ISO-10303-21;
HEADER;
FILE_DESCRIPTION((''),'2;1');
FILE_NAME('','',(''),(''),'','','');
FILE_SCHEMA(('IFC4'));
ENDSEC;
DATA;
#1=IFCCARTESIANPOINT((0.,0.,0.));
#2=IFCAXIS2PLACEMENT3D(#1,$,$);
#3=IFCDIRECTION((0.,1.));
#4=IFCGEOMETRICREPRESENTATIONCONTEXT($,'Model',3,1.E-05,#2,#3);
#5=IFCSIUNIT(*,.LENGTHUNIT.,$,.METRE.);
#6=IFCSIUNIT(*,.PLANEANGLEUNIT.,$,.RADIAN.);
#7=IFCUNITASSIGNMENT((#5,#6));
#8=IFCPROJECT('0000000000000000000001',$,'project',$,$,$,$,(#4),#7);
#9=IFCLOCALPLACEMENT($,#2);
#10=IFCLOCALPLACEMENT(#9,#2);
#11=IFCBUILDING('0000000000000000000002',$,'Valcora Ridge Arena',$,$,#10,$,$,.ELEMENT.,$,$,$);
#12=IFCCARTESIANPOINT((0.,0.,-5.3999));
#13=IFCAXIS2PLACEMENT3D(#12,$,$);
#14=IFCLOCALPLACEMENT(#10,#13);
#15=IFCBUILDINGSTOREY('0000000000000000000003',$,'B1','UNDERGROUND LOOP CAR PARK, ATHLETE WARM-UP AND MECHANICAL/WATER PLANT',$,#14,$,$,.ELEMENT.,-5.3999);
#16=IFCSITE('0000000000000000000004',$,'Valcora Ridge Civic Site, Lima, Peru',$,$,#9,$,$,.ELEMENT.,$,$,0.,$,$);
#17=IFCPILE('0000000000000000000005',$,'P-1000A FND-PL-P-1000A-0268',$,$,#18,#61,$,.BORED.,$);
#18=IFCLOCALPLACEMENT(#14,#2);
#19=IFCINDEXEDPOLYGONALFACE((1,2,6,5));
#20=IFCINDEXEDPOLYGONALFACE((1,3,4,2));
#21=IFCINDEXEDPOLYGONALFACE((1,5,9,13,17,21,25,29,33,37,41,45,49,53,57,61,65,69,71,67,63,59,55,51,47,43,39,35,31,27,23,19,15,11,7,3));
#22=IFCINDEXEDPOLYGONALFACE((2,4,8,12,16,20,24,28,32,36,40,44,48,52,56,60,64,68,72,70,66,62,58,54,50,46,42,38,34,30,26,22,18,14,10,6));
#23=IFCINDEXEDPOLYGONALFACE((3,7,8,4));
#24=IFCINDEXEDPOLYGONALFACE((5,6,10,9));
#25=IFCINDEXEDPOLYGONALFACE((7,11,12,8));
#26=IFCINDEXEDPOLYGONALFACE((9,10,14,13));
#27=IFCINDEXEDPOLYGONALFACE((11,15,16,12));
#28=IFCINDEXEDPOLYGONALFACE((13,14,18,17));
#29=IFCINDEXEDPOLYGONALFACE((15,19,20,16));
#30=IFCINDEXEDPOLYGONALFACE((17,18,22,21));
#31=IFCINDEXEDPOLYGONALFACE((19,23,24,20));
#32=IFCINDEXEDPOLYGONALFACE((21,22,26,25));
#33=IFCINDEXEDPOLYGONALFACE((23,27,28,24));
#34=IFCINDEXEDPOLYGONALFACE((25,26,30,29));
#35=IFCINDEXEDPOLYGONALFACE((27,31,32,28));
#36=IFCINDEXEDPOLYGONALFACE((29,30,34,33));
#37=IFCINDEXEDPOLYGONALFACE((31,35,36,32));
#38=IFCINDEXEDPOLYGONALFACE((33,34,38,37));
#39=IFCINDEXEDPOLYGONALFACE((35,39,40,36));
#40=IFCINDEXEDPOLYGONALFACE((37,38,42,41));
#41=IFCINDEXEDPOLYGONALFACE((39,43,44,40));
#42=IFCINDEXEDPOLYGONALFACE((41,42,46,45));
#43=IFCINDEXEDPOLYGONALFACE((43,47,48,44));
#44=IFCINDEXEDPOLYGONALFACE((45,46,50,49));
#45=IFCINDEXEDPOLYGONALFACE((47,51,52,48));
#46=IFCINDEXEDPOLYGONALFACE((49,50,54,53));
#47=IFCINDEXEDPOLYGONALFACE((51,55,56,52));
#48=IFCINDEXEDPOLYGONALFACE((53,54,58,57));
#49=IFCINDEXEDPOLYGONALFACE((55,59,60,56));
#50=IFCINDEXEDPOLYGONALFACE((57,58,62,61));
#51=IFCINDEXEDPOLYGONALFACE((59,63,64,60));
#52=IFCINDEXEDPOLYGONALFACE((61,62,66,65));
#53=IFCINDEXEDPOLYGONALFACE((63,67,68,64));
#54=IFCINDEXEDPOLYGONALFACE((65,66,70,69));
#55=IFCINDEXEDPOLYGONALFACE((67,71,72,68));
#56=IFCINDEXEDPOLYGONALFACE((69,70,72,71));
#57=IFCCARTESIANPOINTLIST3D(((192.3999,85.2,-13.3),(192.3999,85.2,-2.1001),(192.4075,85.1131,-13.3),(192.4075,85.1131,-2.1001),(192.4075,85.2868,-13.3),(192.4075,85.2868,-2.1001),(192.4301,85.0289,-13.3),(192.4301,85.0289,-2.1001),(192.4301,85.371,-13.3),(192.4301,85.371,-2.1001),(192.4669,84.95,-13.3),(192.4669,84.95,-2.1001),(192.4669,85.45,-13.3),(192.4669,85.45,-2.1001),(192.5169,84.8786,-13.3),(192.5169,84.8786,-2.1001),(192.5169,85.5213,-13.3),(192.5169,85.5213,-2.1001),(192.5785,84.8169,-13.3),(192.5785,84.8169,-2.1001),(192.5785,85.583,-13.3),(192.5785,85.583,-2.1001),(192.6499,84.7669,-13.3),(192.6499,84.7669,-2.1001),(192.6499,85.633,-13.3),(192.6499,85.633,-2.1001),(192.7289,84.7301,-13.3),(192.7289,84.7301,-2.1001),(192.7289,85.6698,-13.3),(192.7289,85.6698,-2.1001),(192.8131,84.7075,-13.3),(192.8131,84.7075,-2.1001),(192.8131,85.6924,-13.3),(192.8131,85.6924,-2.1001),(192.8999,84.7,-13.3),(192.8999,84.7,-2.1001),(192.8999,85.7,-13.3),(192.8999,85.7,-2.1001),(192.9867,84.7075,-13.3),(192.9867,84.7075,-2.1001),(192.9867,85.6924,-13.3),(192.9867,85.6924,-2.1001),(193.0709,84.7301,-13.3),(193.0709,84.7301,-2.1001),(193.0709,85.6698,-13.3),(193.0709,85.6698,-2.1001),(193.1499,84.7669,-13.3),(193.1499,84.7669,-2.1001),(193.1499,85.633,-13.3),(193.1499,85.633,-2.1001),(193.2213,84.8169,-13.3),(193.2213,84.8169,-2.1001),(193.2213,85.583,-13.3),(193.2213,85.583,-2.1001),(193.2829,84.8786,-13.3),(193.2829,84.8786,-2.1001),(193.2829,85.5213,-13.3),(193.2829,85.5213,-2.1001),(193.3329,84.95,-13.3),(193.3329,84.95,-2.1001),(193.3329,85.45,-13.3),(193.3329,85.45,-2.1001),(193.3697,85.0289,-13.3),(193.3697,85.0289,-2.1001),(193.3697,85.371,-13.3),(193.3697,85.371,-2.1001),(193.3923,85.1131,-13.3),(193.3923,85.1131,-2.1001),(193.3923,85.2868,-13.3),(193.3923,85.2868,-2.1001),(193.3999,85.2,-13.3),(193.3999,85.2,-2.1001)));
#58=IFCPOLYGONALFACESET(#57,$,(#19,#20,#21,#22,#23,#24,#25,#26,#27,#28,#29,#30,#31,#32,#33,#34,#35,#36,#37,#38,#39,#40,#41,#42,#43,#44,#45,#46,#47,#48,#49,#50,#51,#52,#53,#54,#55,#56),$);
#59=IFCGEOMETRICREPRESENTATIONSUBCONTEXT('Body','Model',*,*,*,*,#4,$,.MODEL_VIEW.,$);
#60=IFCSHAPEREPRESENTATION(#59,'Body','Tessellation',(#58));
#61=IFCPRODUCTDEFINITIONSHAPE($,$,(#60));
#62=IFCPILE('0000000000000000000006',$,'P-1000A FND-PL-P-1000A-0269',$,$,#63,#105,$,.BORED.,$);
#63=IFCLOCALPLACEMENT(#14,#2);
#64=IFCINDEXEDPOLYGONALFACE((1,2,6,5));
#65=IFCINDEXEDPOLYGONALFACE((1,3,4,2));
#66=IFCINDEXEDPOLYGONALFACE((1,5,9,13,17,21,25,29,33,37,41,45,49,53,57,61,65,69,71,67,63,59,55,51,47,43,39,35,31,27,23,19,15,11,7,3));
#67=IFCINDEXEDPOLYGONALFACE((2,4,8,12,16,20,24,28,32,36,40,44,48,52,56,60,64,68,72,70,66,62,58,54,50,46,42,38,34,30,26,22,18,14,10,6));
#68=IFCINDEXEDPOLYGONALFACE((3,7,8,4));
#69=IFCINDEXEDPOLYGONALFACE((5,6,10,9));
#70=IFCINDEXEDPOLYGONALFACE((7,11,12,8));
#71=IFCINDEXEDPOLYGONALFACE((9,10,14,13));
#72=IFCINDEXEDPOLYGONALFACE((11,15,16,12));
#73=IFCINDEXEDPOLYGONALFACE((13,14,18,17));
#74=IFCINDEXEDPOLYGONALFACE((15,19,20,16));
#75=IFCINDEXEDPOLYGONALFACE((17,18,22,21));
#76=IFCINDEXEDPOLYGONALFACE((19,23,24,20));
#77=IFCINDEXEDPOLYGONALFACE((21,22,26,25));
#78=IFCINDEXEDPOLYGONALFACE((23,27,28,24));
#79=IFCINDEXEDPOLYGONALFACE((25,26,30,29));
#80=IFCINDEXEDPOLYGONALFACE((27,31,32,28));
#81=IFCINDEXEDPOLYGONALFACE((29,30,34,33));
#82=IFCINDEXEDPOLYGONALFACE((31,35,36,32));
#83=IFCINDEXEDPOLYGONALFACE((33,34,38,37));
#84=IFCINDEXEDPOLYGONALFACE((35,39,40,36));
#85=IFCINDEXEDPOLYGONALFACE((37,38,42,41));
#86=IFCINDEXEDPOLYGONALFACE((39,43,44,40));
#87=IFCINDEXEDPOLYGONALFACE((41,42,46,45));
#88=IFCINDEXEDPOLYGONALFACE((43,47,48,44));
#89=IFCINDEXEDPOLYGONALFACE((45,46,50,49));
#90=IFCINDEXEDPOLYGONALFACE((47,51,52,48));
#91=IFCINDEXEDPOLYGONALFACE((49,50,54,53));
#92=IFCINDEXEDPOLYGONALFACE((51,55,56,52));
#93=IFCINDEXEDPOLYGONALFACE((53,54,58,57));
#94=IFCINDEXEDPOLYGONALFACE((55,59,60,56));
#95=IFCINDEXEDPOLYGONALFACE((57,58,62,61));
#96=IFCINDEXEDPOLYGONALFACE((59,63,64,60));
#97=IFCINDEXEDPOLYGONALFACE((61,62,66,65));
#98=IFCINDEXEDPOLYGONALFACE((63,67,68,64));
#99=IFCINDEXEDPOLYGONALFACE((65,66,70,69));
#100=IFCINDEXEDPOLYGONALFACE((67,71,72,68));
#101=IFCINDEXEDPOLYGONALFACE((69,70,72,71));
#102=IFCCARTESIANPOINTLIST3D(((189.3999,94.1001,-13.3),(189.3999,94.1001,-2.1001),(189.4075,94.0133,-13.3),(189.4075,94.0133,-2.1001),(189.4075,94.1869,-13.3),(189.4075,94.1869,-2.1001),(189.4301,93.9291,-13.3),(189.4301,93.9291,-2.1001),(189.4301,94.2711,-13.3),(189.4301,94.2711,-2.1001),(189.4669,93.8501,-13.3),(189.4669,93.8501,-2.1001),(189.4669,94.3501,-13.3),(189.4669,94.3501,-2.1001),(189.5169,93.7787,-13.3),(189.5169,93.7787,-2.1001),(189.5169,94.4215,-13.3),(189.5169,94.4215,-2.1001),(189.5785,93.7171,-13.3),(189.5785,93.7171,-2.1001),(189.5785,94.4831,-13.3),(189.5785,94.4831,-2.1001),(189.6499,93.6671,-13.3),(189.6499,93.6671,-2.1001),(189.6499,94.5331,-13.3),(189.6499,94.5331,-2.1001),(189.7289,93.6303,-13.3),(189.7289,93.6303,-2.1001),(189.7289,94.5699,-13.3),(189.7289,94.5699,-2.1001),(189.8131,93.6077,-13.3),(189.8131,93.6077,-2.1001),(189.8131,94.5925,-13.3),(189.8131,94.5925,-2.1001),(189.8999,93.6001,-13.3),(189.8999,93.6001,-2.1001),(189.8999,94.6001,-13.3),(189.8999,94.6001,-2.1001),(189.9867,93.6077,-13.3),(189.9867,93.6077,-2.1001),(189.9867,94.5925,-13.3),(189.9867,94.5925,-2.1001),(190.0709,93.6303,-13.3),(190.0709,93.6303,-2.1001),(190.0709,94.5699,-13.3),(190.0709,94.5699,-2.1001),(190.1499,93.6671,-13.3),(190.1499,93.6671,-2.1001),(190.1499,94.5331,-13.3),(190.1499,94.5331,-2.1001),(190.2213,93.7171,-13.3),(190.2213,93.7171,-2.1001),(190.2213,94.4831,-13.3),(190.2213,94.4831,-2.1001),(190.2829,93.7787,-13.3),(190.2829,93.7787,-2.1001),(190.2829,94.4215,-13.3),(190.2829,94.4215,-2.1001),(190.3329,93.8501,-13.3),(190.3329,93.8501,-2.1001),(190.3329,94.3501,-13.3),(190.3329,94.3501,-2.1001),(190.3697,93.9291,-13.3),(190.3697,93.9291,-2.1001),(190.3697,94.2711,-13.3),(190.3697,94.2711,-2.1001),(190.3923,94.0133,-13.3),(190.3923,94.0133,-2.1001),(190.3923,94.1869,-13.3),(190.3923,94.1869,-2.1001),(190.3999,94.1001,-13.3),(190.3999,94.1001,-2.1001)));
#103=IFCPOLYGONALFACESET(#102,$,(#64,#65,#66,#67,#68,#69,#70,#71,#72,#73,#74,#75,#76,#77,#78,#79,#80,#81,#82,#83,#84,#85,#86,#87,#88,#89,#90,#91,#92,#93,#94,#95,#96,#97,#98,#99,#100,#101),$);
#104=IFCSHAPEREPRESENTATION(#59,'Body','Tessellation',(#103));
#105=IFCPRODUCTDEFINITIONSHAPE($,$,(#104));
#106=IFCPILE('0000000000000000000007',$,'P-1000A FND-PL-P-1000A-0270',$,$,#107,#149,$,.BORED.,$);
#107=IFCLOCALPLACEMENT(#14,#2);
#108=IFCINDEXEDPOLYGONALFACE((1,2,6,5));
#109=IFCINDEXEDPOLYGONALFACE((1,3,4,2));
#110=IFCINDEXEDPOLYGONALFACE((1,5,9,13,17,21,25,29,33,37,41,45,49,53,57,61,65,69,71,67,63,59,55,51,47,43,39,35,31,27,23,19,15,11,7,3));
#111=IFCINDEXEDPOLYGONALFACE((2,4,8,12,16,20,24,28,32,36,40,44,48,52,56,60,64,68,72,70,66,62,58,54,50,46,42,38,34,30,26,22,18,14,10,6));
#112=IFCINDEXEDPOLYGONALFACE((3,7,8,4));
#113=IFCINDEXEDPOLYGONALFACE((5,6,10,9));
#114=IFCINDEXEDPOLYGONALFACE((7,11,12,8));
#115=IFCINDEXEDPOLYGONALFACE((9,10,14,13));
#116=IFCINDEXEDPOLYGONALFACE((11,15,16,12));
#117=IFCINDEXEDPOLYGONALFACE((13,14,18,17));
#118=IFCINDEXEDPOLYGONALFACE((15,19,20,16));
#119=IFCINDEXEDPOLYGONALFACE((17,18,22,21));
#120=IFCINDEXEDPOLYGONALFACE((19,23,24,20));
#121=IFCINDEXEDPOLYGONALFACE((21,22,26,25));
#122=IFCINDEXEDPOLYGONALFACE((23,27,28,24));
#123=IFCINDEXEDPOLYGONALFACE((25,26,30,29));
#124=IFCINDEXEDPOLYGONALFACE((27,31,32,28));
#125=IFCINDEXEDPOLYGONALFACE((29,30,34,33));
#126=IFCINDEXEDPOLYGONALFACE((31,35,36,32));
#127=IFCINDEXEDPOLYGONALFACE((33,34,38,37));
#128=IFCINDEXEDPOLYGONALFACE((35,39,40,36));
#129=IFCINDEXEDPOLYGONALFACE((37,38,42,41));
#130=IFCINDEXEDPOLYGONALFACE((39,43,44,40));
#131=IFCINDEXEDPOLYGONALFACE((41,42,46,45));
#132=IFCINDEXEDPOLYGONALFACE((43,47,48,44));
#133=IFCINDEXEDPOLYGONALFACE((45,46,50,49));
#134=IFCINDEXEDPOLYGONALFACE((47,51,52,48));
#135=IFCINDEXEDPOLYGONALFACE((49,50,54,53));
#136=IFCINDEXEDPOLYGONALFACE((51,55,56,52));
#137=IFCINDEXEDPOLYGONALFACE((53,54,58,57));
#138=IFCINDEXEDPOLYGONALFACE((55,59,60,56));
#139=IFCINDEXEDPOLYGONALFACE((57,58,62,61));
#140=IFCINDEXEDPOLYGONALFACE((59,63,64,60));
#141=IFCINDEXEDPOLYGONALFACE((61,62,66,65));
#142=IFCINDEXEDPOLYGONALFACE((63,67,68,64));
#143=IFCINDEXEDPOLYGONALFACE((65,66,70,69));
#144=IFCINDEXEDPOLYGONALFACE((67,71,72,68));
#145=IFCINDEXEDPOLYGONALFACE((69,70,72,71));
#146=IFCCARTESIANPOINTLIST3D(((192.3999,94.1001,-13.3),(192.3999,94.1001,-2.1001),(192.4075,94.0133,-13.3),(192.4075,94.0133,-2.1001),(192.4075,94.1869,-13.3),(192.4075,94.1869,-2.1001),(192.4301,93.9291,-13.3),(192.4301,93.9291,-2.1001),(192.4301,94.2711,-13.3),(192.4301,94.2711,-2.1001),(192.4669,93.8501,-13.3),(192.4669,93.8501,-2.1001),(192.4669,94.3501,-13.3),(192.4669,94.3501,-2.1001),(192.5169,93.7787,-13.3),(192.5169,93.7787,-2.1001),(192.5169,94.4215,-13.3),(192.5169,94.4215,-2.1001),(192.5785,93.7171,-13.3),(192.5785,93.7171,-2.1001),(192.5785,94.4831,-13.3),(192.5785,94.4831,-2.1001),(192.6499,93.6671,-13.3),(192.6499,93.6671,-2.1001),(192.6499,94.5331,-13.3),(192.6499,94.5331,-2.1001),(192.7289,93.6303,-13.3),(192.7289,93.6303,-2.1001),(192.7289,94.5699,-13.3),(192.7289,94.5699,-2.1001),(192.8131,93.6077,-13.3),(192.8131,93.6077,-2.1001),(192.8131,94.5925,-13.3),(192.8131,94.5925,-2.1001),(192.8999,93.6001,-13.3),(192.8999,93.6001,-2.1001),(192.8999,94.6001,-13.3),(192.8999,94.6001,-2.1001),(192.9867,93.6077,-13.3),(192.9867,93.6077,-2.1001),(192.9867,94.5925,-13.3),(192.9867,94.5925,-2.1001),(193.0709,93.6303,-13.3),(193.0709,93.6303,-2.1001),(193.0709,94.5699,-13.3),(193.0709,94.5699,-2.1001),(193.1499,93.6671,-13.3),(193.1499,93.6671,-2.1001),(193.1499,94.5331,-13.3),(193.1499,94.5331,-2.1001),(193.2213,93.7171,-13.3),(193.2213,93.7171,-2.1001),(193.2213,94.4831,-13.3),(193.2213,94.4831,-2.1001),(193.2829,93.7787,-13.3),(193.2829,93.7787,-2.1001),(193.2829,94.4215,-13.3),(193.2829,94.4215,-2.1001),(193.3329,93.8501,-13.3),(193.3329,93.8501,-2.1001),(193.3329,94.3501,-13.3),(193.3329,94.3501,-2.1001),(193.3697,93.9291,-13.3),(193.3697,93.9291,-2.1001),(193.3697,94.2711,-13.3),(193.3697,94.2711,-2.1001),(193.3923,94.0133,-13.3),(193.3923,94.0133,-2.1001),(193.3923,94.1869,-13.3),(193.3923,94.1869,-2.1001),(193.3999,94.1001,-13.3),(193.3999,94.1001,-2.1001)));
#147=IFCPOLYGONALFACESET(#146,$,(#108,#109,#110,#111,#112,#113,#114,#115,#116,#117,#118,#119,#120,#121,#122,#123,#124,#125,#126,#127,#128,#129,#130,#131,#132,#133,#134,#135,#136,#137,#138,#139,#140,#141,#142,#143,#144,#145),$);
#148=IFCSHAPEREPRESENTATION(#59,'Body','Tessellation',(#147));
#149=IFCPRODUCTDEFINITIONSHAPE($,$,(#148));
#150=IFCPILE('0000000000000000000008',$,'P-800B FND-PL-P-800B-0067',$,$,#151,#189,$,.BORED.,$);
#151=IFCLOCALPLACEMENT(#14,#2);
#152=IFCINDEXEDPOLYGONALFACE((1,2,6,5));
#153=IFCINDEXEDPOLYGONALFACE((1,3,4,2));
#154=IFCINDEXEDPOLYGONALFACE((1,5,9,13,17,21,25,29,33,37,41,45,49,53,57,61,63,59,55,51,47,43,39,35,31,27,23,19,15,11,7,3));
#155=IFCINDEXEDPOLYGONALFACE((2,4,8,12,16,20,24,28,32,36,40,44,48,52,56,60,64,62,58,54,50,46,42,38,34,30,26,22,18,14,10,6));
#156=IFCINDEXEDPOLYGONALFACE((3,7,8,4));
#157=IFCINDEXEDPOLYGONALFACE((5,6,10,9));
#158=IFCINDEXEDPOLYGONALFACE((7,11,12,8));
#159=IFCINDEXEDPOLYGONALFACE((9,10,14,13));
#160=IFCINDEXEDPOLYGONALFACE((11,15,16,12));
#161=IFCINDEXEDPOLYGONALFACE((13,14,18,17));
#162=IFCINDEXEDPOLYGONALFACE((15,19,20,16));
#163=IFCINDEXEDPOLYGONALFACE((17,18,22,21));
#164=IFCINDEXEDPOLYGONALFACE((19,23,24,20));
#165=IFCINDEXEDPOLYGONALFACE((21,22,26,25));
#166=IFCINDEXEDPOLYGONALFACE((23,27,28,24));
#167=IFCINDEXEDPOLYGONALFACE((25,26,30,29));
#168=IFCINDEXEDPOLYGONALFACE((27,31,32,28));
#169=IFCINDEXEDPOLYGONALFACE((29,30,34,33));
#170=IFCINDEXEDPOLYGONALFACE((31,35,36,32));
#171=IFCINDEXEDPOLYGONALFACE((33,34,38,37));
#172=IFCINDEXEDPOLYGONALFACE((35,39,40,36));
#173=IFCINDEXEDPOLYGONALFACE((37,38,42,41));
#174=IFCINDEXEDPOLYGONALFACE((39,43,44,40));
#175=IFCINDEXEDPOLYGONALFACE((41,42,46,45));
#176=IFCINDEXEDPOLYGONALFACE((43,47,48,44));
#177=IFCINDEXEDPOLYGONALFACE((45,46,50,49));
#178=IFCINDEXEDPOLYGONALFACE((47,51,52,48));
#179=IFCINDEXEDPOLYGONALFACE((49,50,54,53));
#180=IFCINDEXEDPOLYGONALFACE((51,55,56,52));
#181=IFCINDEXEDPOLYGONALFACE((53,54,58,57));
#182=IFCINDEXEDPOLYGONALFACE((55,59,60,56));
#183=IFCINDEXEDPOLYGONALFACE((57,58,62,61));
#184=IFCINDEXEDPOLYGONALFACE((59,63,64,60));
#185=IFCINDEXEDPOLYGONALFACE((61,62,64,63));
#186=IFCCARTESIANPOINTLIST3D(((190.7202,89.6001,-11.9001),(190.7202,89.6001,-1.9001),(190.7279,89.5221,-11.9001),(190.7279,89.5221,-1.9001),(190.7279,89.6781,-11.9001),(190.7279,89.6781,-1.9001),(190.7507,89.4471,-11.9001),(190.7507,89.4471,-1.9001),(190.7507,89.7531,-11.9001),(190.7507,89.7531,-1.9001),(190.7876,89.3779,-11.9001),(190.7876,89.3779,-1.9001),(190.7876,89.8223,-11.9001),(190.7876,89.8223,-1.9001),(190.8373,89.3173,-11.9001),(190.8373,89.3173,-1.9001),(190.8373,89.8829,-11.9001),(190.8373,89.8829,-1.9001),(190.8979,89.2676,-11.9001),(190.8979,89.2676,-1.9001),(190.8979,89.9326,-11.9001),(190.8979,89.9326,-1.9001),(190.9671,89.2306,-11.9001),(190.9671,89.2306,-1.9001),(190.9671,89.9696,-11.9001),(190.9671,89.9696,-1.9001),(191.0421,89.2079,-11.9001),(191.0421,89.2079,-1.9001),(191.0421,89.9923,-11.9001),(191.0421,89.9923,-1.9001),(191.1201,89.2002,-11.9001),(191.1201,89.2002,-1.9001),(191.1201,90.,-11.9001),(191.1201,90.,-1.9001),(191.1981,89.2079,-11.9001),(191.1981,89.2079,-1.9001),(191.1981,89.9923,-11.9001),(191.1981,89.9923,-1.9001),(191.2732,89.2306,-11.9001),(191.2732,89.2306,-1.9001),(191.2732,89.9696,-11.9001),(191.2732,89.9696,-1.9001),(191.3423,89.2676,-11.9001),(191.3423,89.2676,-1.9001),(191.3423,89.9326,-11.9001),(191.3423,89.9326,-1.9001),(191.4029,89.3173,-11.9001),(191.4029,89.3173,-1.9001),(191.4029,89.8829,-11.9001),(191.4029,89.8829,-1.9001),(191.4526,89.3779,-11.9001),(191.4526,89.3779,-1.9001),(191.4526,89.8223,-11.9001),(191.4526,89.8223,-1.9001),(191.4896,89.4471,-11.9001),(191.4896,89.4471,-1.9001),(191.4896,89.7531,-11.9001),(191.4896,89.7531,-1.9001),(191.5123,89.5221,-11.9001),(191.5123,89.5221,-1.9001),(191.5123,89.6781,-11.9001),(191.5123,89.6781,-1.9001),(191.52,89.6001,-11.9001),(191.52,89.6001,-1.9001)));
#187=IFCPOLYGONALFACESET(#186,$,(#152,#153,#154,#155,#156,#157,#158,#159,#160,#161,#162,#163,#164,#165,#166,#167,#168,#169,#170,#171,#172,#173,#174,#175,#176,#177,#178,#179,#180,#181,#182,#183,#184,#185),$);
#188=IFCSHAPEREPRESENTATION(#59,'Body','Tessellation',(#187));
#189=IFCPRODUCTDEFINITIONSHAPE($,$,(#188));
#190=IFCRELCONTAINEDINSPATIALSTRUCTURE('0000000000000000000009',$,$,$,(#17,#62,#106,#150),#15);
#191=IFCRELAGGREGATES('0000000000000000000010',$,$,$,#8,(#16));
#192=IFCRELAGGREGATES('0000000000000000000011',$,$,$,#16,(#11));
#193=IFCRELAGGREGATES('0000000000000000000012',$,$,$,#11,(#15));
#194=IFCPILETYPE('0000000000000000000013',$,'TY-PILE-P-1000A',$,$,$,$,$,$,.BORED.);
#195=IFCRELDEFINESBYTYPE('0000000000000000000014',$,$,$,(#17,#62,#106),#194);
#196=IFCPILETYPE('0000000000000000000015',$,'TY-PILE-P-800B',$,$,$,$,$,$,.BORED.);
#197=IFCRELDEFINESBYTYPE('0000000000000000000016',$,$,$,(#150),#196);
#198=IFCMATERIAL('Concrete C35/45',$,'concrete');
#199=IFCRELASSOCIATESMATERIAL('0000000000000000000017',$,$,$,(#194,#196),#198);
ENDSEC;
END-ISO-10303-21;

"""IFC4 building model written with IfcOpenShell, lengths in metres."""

from ifc_helpers import new_model, si_unit, direction, frame, origin, origin_2d, place, context, subcontext, project, spatial, circle, extrude, material, material_profile, profile_set, type_object, element, save


model = new_model("IFC4")

# Units and contexts
model_context = context("Model", 3, precision=1e-05, world=origin(), true_north=direction((0.0, 1.0)))
body_context = subcontext(model_context, "Body", "Model", "MODEL_VIEW")
ifc_project = project(units=[si_unit("LENGTHUNIT", "METRE"), si_unit("PLANEANGLEUNIT", "RADIAN")], contexts=[model_context])

# Site, building, storey
site_placement = place(None, origin())
site = spatial("IfcSite", under=ifc_project, at=site_placement, Name="Valcora Ridge Civic Site, Lima, Peru", CompositionType="ELEMENT", RefElevation=0.0)
building_placement = place(site_placement, origin())
building = spatial("IfcBuilding", under=site, at=building_placement, Name="Valcora Ridge Arena", CompositionType="ELEMENT")
storey_placement = place(building_placement, frame((0.0, 0.0, -5.3999)))
storey = spatial("IfcBuildingStorey", under=building, at=storey_placement, Name="B1", Description="UNDERGROUND LOOP CAR PARK, ATHLETE WARM-UP AND MECHANICAL/WATER PLANT", CompositionType="ELEMENT", Elevation=-5.3999)

# Piles
ifc_material_1 = material(Name="Concrete C35/45", Category="concrete")
ifc_material_profile_1 = material_profile(ifc_material_1, circle(Radius=0.5, at=origin_2d()), Name="BORED PILE D1000")
ifc_profile_set_1 = profile_set([ifc_material_profile_1], Name="Concrete C35/45")
pile_type_1 = type_object("IfcPileType", Name="TY-PILE-P-1000A", PredefinedType="BORED", material=ifc_profile_set_1)
for number, where, z_axis, x_axis, name in (
    (1, (192.8999, 85.2, -2.1001), (0.0, 0.0, -1.0), (1.0, 0.0, 0.0), "P-1000A FND-PL-P-1000A-0268"),
    (2, (189.8999, 94.1001, -2.1001), (0.0, 0.0, -1.0), (1.0, 0.0, 0.0), "P-1000A FND-PL-P-1000A-0269"),
    (3, (192.8999, 94.1001, -2.1001), (0.0, 0.0, -1.0), (1.0, 0.0, 0.0), "P-1000A FND-PL-P-1000A-0270"),
):
    element("IfcPile", number, at=place(storey_placement, frame(where, z_axis=z_axis, x_axis=x_axis)), inside=storey, type_object=pile_type_1, Name=name, PredefinedType="BORED", context=body_context, shape_type="SweptSolid", body=[
        extrude(circle(Radius=0.5, at=origin_2d()), origin(), (0.0, 0.0, 1.0), 11.2),
    ])
ifc_material_profile_2 = material_profile(ifc_material_1, circle(Radius=0.3999, at=origin_2d()), Name="BORED PILE D800")
ifc_profile_set_2 = profile_set([ifc_material_profile_2], Name="Concrete C35/45")
pile_type_2 = type_object("IfcPileType", Name="TY-PILE-P-800B", PredefinedType="BORED", material=ifc_profile_set_2)
for number, where, z_axis, x_axis, name in (
    (4, (191.1201, 89.6001, -1.9001), (0.0, 0.0, -1.0), (1.0, 0.0, 0.0), "P-800B FND-PL-P-800B-0067"),
):
    element("IfcPile", number, at=place(storey_placement, frame(where, z_axis=z_axis, x_axis=x_axis)), inside=storey, type_object=pile_type_2, Name=name, PredefinedType="BORED", context=body_context, shape_type="SweptSolid", body=[
        extrude(circle(Radius=0.3999, at=origin_2d()), origin(), (0.0, 0.0, 1.0), 10.0),
    ])

save(model, "model.ifc")
